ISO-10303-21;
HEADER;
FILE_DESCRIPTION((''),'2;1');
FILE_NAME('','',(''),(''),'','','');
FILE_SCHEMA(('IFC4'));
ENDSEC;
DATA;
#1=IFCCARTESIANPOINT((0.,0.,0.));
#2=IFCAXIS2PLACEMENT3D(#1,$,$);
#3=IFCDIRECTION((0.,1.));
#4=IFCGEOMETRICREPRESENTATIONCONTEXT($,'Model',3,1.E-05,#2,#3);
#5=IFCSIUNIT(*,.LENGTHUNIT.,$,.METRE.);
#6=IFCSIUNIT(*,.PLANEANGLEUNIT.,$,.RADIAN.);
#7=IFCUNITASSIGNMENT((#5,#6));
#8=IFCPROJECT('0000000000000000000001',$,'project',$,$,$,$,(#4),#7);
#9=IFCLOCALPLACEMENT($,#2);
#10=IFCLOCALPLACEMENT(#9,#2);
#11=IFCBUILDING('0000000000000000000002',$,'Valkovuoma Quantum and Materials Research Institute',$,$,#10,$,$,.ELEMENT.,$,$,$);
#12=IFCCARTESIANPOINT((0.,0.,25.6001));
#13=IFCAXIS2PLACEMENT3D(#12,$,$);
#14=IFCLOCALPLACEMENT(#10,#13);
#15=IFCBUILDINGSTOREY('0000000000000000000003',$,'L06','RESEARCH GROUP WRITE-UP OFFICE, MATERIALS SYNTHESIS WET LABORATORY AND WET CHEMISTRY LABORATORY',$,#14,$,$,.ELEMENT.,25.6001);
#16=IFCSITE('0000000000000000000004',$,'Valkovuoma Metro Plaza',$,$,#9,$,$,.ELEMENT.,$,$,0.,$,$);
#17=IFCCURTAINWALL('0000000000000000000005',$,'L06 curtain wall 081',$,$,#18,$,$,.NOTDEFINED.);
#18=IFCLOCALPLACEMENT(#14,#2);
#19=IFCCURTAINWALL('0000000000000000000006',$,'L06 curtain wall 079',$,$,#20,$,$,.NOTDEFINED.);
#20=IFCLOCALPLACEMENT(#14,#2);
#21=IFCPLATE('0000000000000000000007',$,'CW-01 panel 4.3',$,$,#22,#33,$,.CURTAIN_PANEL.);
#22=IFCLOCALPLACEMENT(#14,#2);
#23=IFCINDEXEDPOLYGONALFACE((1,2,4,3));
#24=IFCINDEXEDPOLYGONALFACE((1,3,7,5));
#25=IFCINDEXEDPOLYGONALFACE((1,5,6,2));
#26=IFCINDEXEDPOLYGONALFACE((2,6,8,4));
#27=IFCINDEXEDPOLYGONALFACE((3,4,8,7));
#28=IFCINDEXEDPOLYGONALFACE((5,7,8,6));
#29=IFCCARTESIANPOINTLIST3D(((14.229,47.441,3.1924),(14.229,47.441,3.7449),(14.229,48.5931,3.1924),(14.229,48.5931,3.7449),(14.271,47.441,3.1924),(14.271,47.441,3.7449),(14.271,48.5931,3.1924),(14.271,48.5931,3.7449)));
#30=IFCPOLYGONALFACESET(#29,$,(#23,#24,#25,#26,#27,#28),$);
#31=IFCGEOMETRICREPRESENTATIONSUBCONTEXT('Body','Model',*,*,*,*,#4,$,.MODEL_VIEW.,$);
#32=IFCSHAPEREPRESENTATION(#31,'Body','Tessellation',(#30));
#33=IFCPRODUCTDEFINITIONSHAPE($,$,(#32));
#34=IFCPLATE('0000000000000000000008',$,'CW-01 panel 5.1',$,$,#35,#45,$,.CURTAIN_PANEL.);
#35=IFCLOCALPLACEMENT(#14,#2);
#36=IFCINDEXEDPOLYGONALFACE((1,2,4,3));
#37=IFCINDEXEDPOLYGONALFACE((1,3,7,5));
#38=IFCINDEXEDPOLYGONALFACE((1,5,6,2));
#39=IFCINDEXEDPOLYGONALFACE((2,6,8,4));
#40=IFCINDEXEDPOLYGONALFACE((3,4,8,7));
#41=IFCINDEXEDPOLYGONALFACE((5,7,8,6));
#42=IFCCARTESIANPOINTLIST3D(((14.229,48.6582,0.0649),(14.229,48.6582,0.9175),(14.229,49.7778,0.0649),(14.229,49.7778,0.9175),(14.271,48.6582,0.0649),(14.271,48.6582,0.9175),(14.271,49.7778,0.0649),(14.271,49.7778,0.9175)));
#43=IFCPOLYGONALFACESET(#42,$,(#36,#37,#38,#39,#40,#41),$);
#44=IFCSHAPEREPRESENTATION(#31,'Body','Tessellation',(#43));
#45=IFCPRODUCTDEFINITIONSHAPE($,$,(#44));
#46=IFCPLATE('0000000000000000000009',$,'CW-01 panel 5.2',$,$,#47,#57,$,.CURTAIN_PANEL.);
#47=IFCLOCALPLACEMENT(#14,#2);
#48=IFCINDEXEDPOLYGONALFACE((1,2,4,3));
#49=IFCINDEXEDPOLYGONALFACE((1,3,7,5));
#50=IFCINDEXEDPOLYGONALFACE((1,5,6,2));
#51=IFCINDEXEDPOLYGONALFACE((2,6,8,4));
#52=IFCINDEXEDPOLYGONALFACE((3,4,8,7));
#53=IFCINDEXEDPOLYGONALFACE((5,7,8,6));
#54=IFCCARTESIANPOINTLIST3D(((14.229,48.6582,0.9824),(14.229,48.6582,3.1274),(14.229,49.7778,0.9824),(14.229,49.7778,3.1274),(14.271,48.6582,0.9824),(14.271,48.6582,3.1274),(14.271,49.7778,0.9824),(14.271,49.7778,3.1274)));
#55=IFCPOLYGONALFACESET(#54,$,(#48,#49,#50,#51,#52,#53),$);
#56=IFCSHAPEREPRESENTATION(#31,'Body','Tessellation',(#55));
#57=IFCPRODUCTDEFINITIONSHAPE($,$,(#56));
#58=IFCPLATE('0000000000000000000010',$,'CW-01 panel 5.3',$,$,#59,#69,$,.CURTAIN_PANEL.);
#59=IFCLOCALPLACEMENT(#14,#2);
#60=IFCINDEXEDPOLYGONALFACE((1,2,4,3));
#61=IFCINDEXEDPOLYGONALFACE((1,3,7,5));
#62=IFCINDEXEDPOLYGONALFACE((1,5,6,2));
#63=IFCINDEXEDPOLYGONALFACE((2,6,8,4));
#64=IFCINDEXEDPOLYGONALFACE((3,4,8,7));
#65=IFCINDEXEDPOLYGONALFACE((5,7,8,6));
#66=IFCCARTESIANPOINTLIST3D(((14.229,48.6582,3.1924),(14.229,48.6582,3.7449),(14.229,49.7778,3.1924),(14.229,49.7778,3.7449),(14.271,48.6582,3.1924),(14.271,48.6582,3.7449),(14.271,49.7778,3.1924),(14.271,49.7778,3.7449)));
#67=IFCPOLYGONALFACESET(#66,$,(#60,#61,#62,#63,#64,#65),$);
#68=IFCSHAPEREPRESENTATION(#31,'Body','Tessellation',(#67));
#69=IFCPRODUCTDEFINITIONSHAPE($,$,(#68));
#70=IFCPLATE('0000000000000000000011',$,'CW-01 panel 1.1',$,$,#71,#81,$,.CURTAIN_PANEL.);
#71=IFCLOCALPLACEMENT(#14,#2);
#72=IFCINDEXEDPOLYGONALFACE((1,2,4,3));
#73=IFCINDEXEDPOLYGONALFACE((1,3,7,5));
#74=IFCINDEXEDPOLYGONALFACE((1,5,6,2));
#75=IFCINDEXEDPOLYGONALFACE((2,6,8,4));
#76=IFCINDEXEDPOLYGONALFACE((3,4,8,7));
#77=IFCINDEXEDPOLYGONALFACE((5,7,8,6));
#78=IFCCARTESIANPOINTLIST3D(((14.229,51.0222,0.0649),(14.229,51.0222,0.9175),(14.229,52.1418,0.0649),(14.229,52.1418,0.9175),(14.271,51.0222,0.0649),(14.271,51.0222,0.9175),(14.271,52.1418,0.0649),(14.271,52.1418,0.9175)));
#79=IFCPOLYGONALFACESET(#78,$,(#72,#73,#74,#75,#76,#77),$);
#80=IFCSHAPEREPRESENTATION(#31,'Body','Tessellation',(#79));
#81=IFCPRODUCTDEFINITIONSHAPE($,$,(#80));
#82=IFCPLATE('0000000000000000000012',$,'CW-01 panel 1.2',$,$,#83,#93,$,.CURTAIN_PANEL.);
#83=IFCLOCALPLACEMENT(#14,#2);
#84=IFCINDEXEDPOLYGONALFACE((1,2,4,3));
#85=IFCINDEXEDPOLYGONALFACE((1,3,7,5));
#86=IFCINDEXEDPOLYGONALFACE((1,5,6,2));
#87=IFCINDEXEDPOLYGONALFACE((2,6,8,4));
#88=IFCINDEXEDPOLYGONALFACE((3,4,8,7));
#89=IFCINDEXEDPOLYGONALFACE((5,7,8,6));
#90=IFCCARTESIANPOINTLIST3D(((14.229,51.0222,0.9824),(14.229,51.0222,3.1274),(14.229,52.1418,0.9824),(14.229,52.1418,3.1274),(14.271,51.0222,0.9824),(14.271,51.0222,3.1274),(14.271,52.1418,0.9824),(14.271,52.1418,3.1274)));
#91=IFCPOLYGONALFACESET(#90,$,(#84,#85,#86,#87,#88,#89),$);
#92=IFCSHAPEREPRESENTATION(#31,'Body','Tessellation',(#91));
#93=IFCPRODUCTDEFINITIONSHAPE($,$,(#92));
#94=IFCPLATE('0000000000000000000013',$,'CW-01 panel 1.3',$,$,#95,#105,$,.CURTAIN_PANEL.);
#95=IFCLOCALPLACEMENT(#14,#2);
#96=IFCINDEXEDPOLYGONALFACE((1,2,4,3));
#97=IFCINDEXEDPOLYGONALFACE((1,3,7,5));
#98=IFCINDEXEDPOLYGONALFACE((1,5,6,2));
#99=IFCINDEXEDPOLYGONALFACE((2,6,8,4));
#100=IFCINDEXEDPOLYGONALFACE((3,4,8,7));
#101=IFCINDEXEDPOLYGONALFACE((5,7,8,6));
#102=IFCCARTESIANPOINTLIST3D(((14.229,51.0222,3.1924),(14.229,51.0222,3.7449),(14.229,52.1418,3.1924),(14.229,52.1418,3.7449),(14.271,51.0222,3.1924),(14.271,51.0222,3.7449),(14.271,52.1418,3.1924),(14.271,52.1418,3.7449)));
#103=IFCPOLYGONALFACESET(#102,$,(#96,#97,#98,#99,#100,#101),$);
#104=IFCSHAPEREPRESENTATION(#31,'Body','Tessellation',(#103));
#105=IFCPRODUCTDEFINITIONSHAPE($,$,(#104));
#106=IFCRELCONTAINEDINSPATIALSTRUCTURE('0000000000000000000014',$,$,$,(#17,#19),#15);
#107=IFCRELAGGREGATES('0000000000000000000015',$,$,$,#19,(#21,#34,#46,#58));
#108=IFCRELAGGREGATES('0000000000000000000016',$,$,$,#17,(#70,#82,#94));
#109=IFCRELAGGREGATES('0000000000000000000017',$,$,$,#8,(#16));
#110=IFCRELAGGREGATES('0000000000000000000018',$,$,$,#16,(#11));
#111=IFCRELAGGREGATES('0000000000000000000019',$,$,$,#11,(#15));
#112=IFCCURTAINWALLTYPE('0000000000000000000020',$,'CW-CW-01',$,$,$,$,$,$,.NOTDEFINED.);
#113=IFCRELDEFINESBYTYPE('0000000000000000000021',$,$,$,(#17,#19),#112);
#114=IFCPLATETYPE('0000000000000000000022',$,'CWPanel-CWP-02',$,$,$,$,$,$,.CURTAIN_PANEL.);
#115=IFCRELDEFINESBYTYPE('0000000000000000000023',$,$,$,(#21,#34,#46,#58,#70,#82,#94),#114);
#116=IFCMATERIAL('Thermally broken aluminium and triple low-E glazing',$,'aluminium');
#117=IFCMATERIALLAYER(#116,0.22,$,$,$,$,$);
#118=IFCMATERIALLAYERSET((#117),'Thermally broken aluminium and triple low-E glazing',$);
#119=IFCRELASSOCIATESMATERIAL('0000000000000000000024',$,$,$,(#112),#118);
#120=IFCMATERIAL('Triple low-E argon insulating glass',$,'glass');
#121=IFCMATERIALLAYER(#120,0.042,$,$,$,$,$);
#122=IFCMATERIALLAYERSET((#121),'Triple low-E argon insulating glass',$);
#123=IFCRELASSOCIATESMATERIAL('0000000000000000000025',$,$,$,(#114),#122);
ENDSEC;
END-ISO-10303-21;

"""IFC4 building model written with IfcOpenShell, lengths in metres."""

from ifc_helpers import new_model, si_unit, direction, frame, origin, origin_2d, place, context, subcontext, project, spatial, rectangle, extrude, material, layer, layer_set, type_object, element, aggregate, save


model = new_model("IFC4")

# Units and contexts
model_context = context("Model", 3, precision=1e-05, world=origin(), true_north=direction((0.0, 1.0)))
body_context = subcontext(model_context, "Body", "Model", "MODEL_VIEW")
ifc_project = project(units=[si_unit("LENGTHUNIT", "METRE"), si_unit("PLANEANGLEUNIT", "RADIAN")], contexts=[model_context])

# Site, building, storey
site_placement = place(None, origin())
site = spatial("IfcSite", under=ifc_project, at=site_placement, Name="Valkovuoma Metro Plaza", CompositionType="ELEMENT", RefElevation=0.0)
building_placement = place(site_placement, origin())
building = spatial("IfcBuilding", under=site, at=building_placement, Name="Valkovuoma Quantum and Materials Research Institute", CompositionType="ELEMENT")
storey_placement = place(building_placement, frame((0.0, 0.0, 25.6001)))
storey = spatial("IfcBuildingStorey", under=building, at=storey_placement, Name="L06", Description="RESEARCH GROUP WRITE-UP OFFICE, MATERIALS SYNTHESIS WET LABORATORY AND WET CHEMISTRY LABORATORY", CompositionType="ELEMENT", Elevation=25.6001)

# Curtain wall
ifc_material_1 = material(Name="Thermally broken aluminium and triple low-E glazing", Category="aluminium")
ifc_layer_1 = layer(ifc_material_1, 0.22)
ifc_layer_set_1 = layer_set([ifc_layer_1], Name="Thermally broken aluminium and triple low-E glazing")
curtain_wall_type = type_object("IfcCurtainWallType", Name="CW-CW-01", PredefinedType="NOTDEFINED", material=ifc_layer_set_1)
curtain_wall_1_placement = place(storey_placement, origin())
curtain_wall_1 = element("IfcCurtainWall", 1, at=curtain_wall_1_placement, inside=storey, type_object=curtain_wall_type, Name="L06 curtain wall 081", PredefinedType="NOTDEFINED")

# Curtain wall
curtain_wall_2_placement = place(storey_placement, origin())
curtain_wall_2 = element("IfcCurtainWall", 2, at=curtain_wall_2_placement, inside=storey, type_object=curtain_wall_type, Name="L06 curtain wall 079", PredefinedType="NOTDEFINED")

# Plates
ifc_material_2 = material(Name="Triple low-E argon insulating glass", Category="glass")
ifc_layer_2 = layer(ifc_material_2, 0.042)
ifc_layer_set_2 = layer_set([ifc_layer_2], Name="Triple low-E argon insulating glass")
plate_type = type_object("IfcPlateType", Name="CWPanel-CWP-02", PredefinedType="CURTAIN_PANEL", material=ifc_layer_set_2)
plate_1_placement = place(storey_placement, frame((14.25, 48.0171, 3.1924), z_axis=(0.0, 0.0, 1.0), x_axis=(0.0, 1.0, 0.0)))
plate_1 = element("IfcPlate", 3, at=plate_1_placement, type_object=plate_type, Name="CW-01 panel 4.3", PredefinedType="CURTAIN_PANEL", context=body_context, shape_type="SweptSolid", body=[
    extrude(rectangle(XDim=1.1521, YDim=0.042, at=origin_2d()), origin(), (0.0, 0.0, 1.0), 0.5525),
])
plate_2_placement = place(storey_placement, frame((14.25, 49.218, 0.0649), z_axis=(0.0, 0.0, 1.0), x_axis=(0.0, 1.0, 0.0)))
plate_2 = element("IfcPlate", 4, at=plate_2_placement, type_object=plate_type, Name="CW-01 panel 5.1", PredefinedType="CURTAIN_PANEL", context=body_context, shape_type="SweptSolid", body=[
    extrude(rectangle(XDim=1.1196, YDim=0.042, at=origin_2d()), origin(), (0.0, 0.0, 1.0), 0.8525),
])
plate_3_placement = place(storey_placement, frame((14.25, 49.218, 0.9824), z_axis=(0.0, 0.0, 1.0), x_axis=(0.0, 1.0, 0.0)))
plate_3 = element("IfcPlate", 5, at=plate_3_placement, type_object=plate_type, Name="CW-01 panel 5.2", PredefinedType="CURTAIN_PANEL", context=body_context, shape_type="SweptSolid", body=[
    extrude(rectangle(XDim=1.1196, YDim=0.042, at=origin_2d()), origin(), (0.0, 0.0, 1.0), 2.145),
])
plate_4_placement = place(storey_placement, frame((14.25, 49.218, 3.1924), z_axis=(0.0, 0.0, 1.0), x_axis=(0.0, 1.0, 0.0)))
plate_4 = element("IfcPlate", 6, at=plate_4_placement, type_object=plate_type, Name="CW-01 panel 5.3", PredefinedType="CURTAIN_PANEL", context=body_context, shape_type="SweptSolid", body=[
    extrude(rectangle(XDim=1.1196, YDim=0.042, at=origin_2d()), origin(), (0.0, 0.0, 1.0), 0.5525),
])
aggregate(curtain_wall_2, [plate_1, plate_2, plate_3, plate_4])
plate_5_placement = place(storey_placement, frame((14.25, 51.582, 0.0649), z_axis=(0.0, 0.0, 1.0), x_axis=(0.0, 1.0, 0.0)))
plate_5 = element("IfcPlate", 7, at=plate_5_placement, type_object=plate_type, Name="CW-01 panel 1.1", PredefinedType="CURTAIN_PANEL", context=body_context, shape_type="SweptSolid", body=[
    extrude(rectangle(XDim=1.1196, YDim=0.042, at=origin_2d()), origin(), (0.0, 0.0, 1.0), 0.8525),
])
plate_6_placement = place(storey_placement, frame((14.25, 51.582, 0.9824), z_axis=(0.0, 0.0, 1.0), x_axis=(0.0, 1.0, 0.0)))
plate_6 = element("IfcPlate", 8, at=plate_6_placement, type_object=plate_type, Name="CW-01 panel 1.2", PredefinedType="CURTAIN_PANEL", context=body_context, shape_type="SweptSolid", body=[
    extrude(rectangle(XDim=1.1196, YDim=0.042, at=origin_2d()), origin(), (0.0, 0.0, 1.0), 2.145),
])
plate_7_placement = place(storey_placement, frame((14.25, 51.582, 3.1924), z_axis=(0.0, 0.0, 1.0), x_axis=(0.0, 1.0, 0.0)))
plate_7 = element("IfcPlate", 9, at=plate_7_placement, type_object=plate_type, Name="CW-01 panel 1.3", PredefinedType="CURTAIN_PANEL", context=body_context, shape_type="SweptSolid", body=[
    extrude(rectangle(XDim=1.1196, YDim=0.042, at=origin_2d()), origin(), (0.0, 0.0, 1.0), 0.5525),
])
aggregate(curtain_wall_1, [plate_5, plate_6, plate_7])

save(model, "model.ifc")
